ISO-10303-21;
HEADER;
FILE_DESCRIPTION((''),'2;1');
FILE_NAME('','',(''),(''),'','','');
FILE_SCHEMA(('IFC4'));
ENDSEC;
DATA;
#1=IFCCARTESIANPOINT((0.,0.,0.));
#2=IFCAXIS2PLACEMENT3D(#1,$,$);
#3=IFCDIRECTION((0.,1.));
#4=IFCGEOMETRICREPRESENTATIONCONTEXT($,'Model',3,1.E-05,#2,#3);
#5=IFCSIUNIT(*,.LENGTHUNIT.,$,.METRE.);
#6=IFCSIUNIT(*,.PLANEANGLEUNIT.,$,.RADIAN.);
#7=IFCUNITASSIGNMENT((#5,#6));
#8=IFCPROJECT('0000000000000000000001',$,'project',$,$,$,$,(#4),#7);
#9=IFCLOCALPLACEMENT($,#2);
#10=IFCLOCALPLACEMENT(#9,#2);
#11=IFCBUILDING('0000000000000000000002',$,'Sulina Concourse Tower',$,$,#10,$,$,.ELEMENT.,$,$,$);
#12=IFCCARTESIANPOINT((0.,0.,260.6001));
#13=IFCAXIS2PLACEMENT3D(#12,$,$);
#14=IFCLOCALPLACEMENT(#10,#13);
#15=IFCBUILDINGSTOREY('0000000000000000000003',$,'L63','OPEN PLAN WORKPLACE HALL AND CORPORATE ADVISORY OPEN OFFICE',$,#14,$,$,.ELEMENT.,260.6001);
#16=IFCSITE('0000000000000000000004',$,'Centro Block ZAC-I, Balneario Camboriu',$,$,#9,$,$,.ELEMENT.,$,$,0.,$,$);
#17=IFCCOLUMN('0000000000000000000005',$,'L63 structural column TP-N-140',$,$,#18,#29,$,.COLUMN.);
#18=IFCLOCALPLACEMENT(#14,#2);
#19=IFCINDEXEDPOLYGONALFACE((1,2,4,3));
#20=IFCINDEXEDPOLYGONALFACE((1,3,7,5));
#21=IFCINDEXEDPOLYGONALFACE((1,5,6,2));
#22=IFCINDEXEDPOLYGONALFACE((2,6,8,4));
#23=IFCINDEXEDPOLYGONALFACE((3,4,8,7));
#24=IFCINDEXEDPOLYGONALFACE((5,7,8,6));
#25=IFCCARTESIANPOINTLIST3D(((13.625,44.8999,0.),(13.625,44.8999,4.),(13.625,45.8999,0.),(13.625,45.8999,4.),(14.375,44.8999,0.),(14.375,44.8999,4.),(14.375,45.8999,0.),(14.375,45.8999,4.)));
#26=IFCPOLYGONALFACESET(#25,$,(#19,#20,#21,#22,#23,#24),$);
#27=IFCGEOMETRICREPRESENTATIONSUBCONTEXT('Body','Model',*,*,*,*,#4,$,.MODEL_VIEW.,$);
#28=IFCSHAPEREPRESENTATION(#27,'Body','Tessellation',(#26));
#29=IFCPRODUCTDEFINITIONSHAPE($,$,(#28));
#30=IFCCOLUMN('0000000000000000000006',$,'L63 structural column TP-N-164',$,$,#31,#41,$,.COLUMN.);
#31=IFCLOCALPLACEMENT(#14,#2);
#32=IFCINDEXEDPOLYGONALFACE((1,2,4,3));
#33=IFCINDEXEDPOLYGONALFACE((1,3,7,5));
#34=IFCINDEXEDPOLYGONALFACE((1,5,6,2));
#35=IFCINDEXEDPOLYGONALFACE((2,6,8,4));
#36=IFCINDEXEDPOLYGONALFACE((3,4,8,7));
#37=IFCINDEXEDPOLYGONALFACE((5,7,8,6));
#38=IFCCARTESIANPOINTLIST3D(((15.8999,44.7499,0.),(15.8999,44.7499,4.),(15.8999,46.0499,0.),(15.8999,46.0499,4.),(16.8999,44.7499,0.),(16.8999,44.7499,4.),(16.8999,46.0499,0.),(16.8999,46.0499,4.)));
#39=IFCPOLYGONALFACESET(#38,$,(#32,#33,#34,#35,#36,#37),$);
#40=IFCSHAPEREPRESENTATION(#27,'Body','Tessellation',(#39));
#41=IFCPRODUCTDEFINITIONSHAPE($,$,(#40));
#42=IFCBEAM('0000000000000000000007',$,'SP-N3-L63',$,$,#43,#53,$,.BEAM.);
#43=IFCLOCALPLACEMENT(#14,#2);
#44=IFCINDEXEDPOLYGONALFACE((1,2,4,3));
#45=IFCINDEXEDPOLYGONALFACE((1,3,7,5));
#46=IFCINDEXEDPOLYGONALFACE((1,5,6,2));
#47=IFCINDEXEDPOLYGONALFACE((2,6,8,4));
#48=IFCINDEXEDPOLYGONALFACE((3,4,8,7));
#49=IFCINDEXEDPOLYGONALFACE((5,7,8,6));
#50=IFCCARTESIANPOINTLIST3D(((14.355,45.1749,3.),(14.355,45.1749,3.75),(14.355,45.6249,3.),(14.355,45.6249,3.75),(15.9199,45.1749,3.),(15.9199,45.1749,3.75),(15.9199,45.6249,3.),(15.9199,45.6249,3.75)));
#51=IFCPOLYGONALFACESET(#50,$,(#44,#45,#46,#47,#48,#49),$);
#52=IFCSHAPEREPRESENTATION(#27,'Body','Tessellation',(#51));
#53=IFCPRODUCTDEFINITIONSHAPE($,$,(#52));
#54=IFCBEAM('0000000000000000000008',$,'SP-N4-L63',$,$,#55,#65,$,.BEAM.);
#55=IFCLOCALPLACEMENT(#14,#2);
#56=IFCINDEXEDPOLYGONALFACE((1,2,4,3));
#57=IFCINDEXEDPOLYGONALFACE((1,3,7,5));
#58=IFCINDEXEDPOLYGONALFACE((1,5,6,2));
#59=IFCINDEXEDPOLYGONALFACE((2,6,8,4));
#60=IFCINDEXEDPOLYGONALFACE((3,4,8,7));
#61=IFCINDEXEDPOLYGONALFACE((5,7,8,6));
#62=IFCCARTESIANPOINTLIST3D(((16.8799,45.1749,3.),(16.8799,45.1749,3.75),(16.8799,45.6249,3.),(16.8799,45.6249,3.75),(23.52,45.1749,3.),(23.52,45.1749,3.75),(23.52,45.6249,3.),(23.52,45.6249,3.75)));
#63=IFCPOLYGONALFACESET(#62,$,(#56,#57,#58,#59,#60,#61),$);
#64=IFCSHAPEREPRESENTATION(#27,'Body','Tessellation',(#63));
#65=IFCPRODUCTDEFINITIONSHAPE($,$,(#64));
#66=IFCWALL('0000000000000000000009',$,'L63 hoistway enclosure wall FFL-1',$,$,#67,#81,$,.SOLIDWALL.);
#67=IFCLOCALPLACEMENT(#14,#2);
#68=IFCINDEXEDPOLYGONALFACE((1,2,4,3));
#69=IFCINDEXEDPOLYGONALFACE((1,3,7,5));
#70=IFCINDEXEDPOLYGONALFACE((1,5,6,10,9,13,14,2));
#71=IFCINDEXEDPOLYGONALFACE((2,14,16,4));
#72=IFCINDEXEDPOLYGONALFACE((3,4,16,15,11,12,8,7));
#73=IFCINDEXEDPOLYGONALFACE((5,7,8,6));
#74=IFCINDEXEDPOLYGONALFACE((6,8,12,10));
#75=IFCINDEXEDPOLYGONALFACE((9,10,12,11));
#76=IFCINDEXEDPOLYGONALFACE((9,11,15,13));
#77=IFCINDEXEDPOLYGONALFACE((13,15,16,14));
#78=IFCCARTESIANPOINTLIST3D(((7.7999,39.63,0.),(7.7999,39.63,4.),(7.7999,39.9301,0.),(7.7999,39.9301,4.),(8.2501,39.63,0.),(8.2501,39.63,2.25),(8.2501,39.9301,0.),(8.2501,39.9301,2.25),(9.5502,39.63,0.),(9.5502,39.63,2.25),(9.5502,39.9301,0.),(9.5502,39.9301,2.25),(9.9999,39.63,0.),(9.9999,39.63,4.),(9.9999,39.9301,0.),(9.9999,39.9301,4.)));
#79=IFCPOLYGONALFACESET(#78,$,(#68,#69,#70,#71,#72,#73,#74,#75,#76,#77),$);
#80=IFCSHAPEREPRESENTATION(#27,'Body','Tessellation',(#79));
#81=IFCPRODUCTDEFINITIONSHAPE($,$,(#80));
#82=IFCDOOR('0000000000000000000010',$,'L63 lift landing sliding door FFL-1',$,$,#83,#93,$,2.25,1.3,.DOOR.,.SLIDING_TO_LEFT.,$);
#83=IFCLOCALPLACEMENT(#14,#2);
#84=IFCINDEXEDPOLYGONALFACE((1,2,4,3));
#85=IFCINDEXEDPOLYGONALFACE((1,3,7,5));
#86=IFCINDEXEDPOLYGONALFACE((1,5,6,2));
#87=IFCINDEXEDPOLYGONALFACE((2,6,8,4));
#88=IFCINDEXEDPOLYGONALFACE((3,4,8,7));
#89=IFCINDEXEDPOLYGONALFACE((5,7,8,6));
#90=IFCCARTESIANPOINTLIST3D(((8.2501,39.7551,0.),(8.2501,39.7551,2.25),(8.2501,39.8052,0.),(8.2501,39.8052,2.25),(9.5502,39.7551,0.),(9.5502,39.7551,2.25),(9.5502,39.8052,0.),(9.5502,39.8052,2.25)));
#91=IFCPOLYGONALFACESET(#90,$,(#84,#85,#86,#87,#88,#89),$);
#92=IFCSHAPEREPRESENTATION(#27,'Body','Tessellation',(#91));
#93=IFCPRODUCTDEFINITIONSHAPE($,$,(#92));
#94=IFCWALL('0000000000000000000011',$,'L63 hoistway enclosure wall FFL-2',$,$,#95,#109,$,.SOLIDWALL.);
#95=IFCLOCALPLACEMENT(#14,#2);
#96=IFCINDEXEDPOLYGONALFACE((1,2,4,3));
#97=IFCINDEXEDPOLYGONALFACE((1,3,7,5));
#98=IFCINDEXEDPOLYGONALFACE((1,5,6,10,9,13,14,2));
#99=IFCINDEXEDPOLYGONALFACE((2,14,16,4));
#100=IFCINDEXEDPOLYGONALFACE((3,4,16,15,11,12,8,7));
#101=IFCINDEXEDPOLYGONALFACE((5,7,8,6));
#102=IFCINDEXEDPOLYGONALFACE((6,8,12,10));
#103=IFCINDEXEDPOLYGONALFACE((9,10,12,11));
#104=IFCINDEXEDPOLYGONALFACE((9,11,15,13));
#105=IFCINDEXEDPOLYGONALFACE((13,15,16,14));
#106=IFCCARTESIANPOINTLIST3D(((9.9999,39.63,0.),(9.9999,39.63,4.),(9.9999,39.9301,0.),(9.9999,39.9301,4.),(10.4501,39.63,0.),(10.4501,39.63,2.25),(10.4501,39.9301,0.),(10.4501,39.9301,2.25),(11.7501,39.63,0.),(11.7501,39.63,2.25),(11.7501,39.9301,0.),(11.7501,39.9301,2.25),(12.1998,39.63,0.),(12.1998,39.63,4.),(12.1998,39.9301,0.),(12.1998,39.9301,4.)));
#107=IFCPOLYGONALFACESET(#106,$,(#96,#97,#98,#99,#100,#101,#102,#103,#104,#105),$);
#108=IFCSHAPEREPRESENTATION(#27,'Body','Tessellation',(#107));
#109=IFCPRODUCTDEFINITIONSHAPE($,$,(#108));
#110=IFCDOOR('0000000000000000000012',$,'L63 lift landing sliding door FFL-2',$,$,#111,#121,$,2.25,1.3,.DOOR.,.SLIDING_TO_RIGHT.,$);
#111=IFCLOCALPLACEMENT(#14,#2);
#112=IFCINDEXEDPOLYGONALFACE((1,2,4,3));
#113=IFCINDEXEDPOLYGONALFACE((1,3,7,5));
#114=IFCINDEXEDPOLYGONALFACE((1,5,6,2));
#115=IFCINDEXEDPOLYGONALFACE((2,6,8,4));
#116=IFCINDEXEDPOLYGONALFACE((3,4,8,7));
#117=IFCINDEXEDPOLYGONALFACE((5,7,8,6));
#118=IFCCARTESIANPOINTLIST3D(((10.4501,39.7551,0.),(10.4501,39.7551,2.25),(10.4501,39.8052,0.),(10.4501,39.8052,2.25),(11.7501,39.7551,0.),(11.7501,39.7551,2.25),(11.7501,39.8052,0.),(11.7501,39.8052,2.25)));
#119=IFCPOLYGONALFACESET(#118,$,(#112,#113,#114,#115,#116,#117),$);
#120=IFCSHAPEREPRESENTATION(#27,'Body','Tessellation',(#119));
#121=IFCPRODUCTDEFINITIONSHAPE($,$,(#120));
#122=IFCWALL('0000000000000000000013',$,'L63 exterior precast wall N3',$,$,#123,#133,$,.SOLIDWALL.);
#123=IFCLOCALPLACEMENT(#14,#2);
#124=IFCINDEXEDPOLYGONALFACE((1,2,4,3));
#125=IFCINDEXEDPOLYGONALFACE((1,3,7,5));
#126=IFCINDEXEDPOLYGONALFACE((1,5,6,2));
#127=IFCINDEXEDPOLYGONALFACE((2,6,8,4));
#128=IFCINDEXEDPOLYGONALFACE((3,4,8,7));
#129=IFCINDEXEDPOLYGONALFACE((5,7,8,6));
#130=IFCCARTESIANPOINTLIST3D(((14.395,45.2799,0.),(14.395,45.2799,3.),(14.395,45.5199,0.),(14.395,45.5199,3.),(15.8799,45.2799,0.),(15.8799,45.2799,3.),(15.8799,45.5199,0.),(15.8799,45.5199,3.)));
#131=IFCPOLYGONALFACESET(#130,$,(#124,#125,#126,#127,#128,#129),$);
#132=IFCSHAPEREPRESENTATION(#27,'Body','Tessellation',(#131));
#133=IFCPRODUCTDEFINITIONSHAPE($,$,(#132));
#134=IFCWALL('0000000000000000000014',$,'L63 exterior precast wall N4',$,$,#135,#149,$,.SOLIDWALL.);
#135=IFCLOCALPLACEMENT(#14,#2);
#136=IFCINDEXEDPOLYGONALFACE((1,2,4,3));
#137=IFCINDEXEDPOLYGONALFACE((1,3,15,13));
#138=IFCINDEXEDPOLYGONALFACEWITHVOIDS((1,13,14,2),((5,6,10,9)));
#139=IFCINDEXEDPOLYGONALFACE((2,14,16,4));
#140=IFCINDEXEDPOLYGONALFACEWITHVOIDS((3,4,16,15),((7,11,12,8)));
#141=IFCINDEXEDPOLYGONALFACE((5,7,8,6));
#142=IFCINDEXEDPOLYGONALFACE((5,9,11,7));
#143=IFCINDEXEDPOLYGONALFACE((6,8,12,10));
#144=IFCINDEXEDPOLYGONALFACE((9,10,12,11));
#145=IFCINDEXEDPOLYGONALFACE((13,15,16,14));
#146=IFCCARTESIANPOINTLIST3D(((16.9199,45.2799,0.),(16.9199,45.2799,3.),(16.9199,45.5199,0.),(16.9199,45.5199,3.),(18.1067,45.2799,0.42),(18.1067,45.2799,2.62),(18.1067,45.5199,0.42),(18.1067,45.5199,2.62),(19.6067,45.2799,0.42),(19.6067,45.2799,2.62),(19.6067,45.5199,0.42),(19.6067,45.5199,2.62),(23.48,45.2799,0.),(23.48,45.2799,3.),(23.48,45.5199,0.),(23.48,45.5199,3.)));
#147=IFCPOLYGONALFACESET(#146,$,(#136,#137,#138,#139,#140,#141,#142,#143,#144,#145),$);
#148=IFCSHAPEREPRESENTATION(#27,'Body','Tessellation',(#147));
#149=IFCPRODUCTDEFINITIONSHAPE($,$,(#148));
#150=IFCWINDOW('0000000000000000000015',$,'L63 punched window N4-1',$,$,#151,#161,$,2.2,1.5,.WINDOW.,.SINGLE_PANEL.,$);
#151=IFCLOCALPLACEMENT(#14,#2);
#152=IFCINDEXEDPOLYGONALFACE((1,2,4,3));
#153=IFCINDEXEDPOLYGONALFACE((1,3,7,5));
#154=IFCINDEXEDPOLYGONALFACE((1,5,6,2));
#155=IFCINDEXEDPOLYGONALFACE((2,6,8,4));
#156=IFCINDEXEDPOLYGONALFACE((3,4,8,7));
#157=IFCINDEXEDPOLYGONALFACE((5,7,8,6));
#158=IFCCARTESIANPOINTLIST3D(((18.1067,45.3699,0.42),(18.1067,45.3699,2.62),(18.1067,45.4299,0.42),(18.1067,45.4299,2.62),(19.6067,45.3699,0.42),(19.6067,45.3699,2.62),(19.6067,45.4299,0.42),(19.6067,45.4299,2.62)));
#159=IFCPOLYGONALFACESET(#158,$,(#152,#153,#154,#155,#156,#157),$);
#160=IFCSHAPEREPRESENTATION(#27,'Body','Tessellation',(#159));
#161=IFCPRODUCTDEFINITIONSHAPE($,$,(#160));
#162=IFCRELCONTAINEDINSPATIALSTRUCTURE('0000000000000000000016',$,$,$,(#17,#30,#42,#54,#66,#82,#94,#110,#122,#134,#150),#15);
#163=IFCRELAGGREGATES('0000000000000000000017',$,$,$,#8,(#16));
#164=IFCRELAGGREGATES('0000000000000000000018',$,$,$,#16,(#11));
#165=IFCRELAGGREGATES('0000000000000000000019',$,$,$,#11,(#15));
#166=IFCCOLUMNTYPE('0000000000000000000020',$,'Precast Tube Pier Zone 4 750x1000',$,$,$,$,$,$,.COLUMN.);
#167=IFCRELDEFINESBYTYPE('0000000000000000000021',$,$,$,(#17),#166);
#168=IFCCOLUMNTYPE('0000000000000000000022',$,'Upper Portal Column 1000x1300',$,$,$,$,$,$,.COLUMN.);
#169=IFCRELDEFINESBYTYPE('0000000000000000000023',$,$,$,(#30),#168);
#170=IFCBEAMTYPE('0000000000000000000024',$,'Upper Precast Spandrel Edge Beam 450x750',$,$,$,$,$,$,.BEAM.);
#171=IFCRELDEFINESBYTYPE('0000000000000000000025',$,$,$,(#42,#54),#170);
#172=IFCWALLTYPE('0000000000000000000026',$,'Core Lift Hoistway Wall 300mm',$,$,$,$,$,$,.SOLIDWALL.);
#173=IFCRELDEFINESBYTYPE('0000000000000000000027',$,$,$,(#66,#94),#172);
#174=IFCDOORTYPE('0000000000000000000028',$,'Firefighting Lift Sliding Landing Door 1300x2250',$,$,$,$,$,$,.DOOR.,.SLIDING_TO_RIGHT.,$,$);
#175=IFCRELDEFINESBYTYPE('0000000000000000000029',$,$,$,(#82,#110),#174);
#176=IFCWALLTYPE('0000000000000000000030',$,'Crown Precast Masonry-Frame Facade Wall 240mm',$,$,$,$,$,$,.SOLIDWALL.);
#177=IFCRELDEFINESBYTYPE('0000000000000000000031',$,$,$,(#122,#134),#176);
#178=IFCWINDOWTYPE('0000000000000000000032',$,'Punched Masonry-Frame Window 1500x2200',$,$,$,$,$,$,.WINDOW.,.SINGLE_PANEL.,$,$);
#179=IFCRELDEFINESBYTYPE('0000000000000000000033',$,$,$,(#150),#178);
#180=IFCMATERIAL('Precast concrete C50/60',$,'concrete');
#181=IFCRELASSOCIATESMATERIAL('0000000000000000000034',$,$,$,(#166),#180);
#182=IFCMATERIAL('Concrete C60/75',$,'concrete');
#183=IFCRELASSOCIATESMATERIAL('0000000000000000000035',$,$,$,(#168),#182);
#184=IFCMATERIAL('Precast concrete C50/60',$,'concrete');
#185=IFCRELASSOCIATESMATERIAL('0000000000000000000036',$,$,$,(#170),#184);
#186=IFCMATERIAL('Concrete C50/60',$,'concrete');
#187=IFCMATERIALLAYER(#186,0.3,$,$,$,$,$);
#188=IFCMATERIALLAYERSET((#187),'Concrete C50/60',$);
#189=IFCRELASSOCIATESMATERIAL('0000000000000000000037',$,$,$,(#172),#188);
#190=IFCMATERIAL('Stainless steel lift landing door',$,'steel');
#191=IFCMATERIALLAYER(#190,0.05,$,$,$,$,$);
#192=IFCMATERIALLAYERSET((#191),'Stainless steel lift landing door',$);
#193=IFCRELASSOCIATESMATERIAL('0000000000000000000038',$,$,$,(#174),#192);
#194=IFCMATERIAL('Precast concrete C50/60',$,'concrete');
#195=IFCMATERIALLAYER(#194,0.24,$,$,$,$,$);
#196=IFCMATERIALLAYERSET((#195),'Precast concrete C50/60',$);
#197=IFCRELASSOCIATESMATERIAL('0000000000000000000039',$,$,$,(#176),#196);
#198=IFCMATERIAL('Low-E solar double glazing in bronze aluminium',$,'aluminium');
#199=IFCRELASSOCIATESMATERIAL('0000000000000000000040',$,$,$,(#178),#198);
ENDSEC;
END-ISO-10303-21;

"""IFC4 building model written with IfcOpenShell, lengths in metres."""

from ifc_helpers import new_model, si_unit, direction, frame, frame_2d, origin, origin_2d, place, context, subcontext, project, spatial, rectangle, extrude, material, layer, layer_set, material_profile, profile_set, type_object, element, fill, save


model = new_model("IFC4")

# Units and contexts
model_context = context("Model", 3, precision=1e-05, world=origin(), true_north=direction((0.0, 1.0)))
body_context = subcontext(model_context, "Body", "Model", "MODEL_VIEW")
ifc_project = project(units=[si_unit("LENGTHUNIT", "METRE"), si_unit("PLANEANGLEUNIT", "RADIAN")], contexts=[model_context])

# Site, building, storey
site_placement = place(None, origin())
site = spatial("IfcSite", under=ifc_project, at=site_placement, Name="Centro Block ZAC-I, Balneario Camboriu", CompositionType="ELEMENT", RefElevation=0.0)
building_placement = place(site_placement, origin())
building = spatial("IfcBuilding", under=site, at=building_placement, Name="Sulina Concourse Tower", CompositionType="ELEMENT")
storey_placement = place(building_placement, frame((0.0, 0.0, 260.6001)))
storey = spatial("IfcBuildingStorey", under=building, at=storey_placement, Name="L63", Description="OPEN PLAN WORKPLACE HALL AND CORPORATE ADVISORY OPEN OFFICE", CompositionType="ELEMENT", Elevation=260.6001)

# Columns
ifc_material_1 = material(Name="Precast concrete C50/60", Category="concrete")
ifc_material_profile_1 = material_profile(ifc_material_1, rectangle(XDim=0.75, YDim=1.0, at=origin_2d()), Name="PC 750x1000")
ifc_profile_set_1 = profile_set([ifc_material_profile_1], Name="Precast concrete C50/60")
column_type_1 = type_object("IfcColumnType", Name="Precast Tube Pier Zone 4 750x1000", PredefinedType="COLUMN", material=ifc_profile_set_1)
column_1_placement = place(storey_placement, frame((14.0, 45.3999, 0.0), z_axis=(0.0, 0.0, 1.0), x_axis=(1.0, 0.0, 0.0)))
element("IfcColumn", 1, at=column_1_placement, inside=storey, type_object=column_type_1, Name="L63 structural column TP-N-140", PredefinedType="COLUMN", context=body_context, shape_type="SweptSolid", body=[
    extrude(rectangle(XDim=0.75, YDim=1.0, at=origin_2d()), origin(), (0.0, 0.0, 1.0), 4.0),
])
ifc_material_2 = material(Name="Concrete C60/75", Category="concrete")
ifc_material_profile_2 = material_profile(ifc_material_2, rectangle(XDim=1.0, YDim=1.3, at=origin_2d()), Name="RC 1000x1300")
ifc_profile_set_2 = profile_set([ifc_material_profile_2], Name="Concrete C60/75")
column_type_2 = type_object("IfcColumnType", Name="Upper Portal Column 1000x1300", PredefinedType="COLUMN", material=ifc_profile_set_2)
column_2_placement = place(storey_placement, frame((16.3999, 45.3999, 0.0), z_axis=(0.0, 0.0, 1.0), x_axis=(1.0, 0.0, 0.0)))
element("IfcColumn", 2, at=column_2_placement, inside=storey, type_object=column_type_2, Name="L63 structural column TP-N-164", PredefinedType="COLUMN", context=body_context, shape_type="SweptSolid", body=[
    extrude(rectangle(XDim=1.0, YDim=1.3, at=origin_2d()), origin(), (0.0, 0.0, 1.0), 4.0),
])

# Beams
ifc_material_3 = material(Name="Precast concrete C50/60", Category="concrete")
ifc_material_profile_3 = material_profile(ifc_material_3, rectangle(XDim=0.45, YDim=0.75, at=origin_2d()), Name="RC 450x750")
ifc_profile_set_3 = profile_set([ifc_material_profile_3], Name="Precast concrete C50/60")
beam_type = type_object("IfcBeamType", Name="Upper Precast Spandrel Edge Beam 450x750", PredefinedType="BEAM", material=ifc_profile_set_3)
beam_1_placement = place(storey_placement, frame((14.355, 45.3999, 3.375), z_axis=(1.0, 0.0, 0.0), x_axis=(0.0, 1.0, 0.0)))
element("IfcBeam", 3, at=beam_1_placement, inside=storey, type_object=beam_type, Name="SP-N3-L63", PredefinedType="BEAM", context=body_context, shape_type="SweptSolid", body=[
    extrude(rectangle(XDim=0.45, YDim=0.75, at=origin_2d()), origin(), (0.0, 0.0, 1.0), 1.5649),
])
beam_2_placement = place(storey_placement, frame((16.8799, 45.3999, 3.375), z_axis=(1.0, 0.0, 0.0), x_axis=(0.0, 1.0, 0.0)))
element("IfcBeam", 4, at=beam_2_placement, inside=storey, type_object=beam_type, Name="SP-N4-L63", PredefinedType="BEAM", context=body_context, shape_type="SweptSolid", body=[
    extrude(rectangle(XDim=0.45, YDim=0.75, at=origin_2d()), origin(), (0.0, 0.0, 1.0), 6.6401),
])

# Walls, openings, doors
ifc_material_4 = material(Name="Concrete C50/60", Category="concrete")
ifc_layer_1 = layer(ifc_material_4, 0.3)
ifc_layer_set_1 = layer_set([ifc_layer_1], Name="Concrete C50/60")
wall_type_1 = type_object("IfcWallType", Name="Core Lift Hoistway Wall 300mm", PredefinedType="SOLIDWALL", material=ifc_layer_set_1)
wall_1_placement = place(storey_placement, frame((10.0, 39.78, 0.0), z_axis=(0.0, 0.0, 1.0), x_axis=(-1.0, 0.0, 0.0)))
wall_1 = element("IfcWall", 5, at=wall_1_placement, inside=storey, type_object=wall_type_1, Name="L63 hoistway enclosure wall FFL-1", PredefinedType="SOLIDWALL", context=body_context, shape_type="SweptSolid", body=[
    extrude(rectangle(XDim=2.2, YDim=0.3, at=frame_2d((1.1001, 0.0))), origin(), (0.0, 0.0, 1.0), 4.0),
])
opening_1_placement = place(wall_1_placement, frame((0.45, 0.0, 0.0)))
opening_1 = element("IfcOpeningElement", 6, at=opening_1_placement, cuts=wall_1, PredefinedType="OPENING", context=body_context, shape_type="SweptSolid", body=[
    extrude(rectangle(XDim=1.3, YDim=2.25, at=frame_2d((0.6499, 1.125))), frame((0.0, 0.1599, 0.0), z_axis=(0.0, -1.0, 0.0), x_axis=(1.0, 0.0, 0.0)), (0.0, 0.0, 1.0), 0.3201),
])
ifc_material_5 = material(Name="Stainless steel lift landing door", Category="steel")
ifc_layer_2 = layer(ifc_material_5, 0.05)
ifc_layer_set_2 = layer_set([ifc_layer_2], Name="Stainless steel lift landing door")
door_type_1 = type_object("IfcDoorType", Name="Firefighting Lift Sliding Landing Door 1300x2250", OperationType="SLIDING_TO_RIGHT", PredefinedType="DOOR", material=ifc_layer_set_2)
door_1_placement = place(opening_1_placement, origin())
door_1 = element("IfcDoor", 7, at=door_1_placement, inside=storey, type_object=door_type_1, Name="L63 lift landing sliding door FFL-1", OperationType="SLIDING_TO_LEFT", OverallHeight=2.25, OverallWidth=1.3, PredefinedType="DOOR", context=body_context, shape_type="SweptSolid", body=[
    extrude(rectangle(XDim=1.3, YDim=2.25, at=frame_2d((0.6499, 1.125))), frame((0.0, 0.0249, 0.0), z_axis=(0.0, -1.0, 0.0), x_axis=(1.0, 0.0, 0.0)), (0.0, 0.0, 1.0), 0.05),
])
fill(opening_1, door_1)
wall_2_placement = place(storey_placement, frame((12.2, 39.78, 0.0), z_axis=(0.0, 0.0, 1.0), x_axis=(-1.0, 0.0, 0.0)))
wall_2 = element("IfcWall", 8, at=wall_2_placement, inside=storey, type_object=wall_type_1, Name="L63 hoistway enclosure wall FFL-2", PredefinedType="SOLIDWALL", context=body_context, shape_type="SweptSolid", body=[
    extrude(rectangle(XDim=2.2, YDim=0.3, at=frame_2d((1.1001, 0.0))), origin(), (0.0, 0.0, 1.0), 4.0),
])
opening_2_placement = place(wall_2_placement, frame((0.45, 0.0, 0.0)))
opening_2 = element("IfcOpeningElement", 9, at=opening_2_placement, cuts=wall_2, PredefinedType="OPENING", context=body_context, shape_type="SweptSolid", body=[
    extrude(rectangle(XDim=1.3, YDim=2.25, at=frame_2d((0.6499, 1.125))), frame((0.0, 0.1599, 0.0), z_axis=(0.0, -1.0, 0.0), x_axis=(1.0, 0.0, 0.0)), (0.0, 0.0, 1.0), 0.3201),
])
door_2_placement = place(opening_2_placement, origin())
door_2 = element("IfcDoor", 10, at=door_2_placement, inside=storey, type_object=door_type_1, Name="L63 lift landing sliding door FFL-2", OperationType="SLIDING_TO_RIGHT", OverallHeight=2.25, OverallWidth=1.3, PredefinedType="DOOR", context=body_context, shape_type="SweptSolid", body=[
    extrude(rectangle(XDim=1.3, YDim=2.25, at=frame_2d((0.6499, 1.125))), frame((0.0, 0.0249, 0.0), z_axis=(0.0, -1.0, 0.0), x_axis=(1.0, 0.0, 0.0)), (0.0, 0.0, 1.0), 0.05),
])
fill(opening_2, door_2)

# Wall
ifc_material_6 = material(Name="Precast concrete C50/60", Category="concrete")
ifc_layer_3 = layer(ifc_material_6, 0.24)
ifc_layer_set_3 = layer_set([ifc_layer_3], Name="Precast concrete C50/60")
wall_type_2 = type_object("IfcWallType", Name="Crown Precast Masonry-Frame Facade Wall 240mm", PredefinedType="SOLIDWALL", material=ifc_layer_set_3)
wall_3_placement = place(storey_placement, frame((14.395, 45.3999, 0.0), z_axis=(0.0, 0.0, 1.0), x_axis=(1.0, 0.0, 0.0)))
element("IfcWall", 11, at=wall_3_placement, inside=storey, type_object=wall_type_2, Name="L63 exterior precast wall N3", PredefinedType="SOLIDWALL", context=body_context, shape_type="SweptSolid", body=[
    extrude(rectangle(XDim=1.4849, YDim=0.24, at=frame_2d((0.7424, 0.0))), origin(), (0.0, 0.0, 1.0), 3.0),
])

# Wall, opening, window
wall_4_placement = place(storey_placement, frame((16.9199, 45.3999, 0.0), z_axis=(0.0, 0.0, 1.0), x_axis=(1.0, 0.0, 0.0)))
wall_4 = element("IfcWall", 12, at=wall_4_placement, inside=storey, type_object=wall_type_2, Name="L63 exterior precast wall N4", PredefinedType="SOLIDWALL", context=body_context, shape_type="SweptSolid", body=[
    extrude(rectangle(XDim=6.5601, YDim=0.24, at=frame_2d((3.28, 0.0))), origin(), (0.0, 0.0, 1.0), 3.0),
])
opening_3_placement = place(wall_4_placement, frame((1.1868, 0.0, 0.4199)))
opening_3 = element("IfcOpeningElement", 13, at=opening_3_placement, cuts=wall_4, PredefinedType="OPENING", context=body_context, shape_type="SweptSolid", body=[
    extrude(rectangle(XDim=1.5, YDim=2.2, at=frame_2d((0.75, 1.1001))), frame((0.0, 0.1299, 0.0), z_axis=(0.0, -1.0, 0.0), x_axis=(1.0, 0.0, 0.0)), (0.0, 0.0, 1.0), 0.26),
])
ifc_material_7 = material(Name="Low-E solar double glazing in bronze aluminium", Category="aluminium")
window_type = type_object("IfcWindowType", Name="Punched Masonry-Frame Window 1500x2200", PartitioningType="SINGLE_PANEL", PredefinedType="WINDOW", material=ifc_material_7)
window_placement = place(opening_3_placement, origin())
window = element("IfcWindow", 14, at=window_placement, inside=storey, type_object=window_type, Name="L63 punched window N4-1", OverallHeight=2.2, OverallWidth=1.5, PartitioningType="SINGLE_PANEL", PredefinedType="WINDOW", context=body_context, shape_type="SweptSolid", body=[
    extrude(rectangle(XDim=1.5, YDim=2.2, at=frame_2d((0.75, 1.1001))), frame((0.0, 0.03, 0.0), z_axis=(0.0, -1.0, 0.0), x_axis=(1.0, 0.0, 0.0)), (0.0, 0.0, 1.0), 0.0601),
])
fill(opening_3, window)

save(model, "model.ifc")
